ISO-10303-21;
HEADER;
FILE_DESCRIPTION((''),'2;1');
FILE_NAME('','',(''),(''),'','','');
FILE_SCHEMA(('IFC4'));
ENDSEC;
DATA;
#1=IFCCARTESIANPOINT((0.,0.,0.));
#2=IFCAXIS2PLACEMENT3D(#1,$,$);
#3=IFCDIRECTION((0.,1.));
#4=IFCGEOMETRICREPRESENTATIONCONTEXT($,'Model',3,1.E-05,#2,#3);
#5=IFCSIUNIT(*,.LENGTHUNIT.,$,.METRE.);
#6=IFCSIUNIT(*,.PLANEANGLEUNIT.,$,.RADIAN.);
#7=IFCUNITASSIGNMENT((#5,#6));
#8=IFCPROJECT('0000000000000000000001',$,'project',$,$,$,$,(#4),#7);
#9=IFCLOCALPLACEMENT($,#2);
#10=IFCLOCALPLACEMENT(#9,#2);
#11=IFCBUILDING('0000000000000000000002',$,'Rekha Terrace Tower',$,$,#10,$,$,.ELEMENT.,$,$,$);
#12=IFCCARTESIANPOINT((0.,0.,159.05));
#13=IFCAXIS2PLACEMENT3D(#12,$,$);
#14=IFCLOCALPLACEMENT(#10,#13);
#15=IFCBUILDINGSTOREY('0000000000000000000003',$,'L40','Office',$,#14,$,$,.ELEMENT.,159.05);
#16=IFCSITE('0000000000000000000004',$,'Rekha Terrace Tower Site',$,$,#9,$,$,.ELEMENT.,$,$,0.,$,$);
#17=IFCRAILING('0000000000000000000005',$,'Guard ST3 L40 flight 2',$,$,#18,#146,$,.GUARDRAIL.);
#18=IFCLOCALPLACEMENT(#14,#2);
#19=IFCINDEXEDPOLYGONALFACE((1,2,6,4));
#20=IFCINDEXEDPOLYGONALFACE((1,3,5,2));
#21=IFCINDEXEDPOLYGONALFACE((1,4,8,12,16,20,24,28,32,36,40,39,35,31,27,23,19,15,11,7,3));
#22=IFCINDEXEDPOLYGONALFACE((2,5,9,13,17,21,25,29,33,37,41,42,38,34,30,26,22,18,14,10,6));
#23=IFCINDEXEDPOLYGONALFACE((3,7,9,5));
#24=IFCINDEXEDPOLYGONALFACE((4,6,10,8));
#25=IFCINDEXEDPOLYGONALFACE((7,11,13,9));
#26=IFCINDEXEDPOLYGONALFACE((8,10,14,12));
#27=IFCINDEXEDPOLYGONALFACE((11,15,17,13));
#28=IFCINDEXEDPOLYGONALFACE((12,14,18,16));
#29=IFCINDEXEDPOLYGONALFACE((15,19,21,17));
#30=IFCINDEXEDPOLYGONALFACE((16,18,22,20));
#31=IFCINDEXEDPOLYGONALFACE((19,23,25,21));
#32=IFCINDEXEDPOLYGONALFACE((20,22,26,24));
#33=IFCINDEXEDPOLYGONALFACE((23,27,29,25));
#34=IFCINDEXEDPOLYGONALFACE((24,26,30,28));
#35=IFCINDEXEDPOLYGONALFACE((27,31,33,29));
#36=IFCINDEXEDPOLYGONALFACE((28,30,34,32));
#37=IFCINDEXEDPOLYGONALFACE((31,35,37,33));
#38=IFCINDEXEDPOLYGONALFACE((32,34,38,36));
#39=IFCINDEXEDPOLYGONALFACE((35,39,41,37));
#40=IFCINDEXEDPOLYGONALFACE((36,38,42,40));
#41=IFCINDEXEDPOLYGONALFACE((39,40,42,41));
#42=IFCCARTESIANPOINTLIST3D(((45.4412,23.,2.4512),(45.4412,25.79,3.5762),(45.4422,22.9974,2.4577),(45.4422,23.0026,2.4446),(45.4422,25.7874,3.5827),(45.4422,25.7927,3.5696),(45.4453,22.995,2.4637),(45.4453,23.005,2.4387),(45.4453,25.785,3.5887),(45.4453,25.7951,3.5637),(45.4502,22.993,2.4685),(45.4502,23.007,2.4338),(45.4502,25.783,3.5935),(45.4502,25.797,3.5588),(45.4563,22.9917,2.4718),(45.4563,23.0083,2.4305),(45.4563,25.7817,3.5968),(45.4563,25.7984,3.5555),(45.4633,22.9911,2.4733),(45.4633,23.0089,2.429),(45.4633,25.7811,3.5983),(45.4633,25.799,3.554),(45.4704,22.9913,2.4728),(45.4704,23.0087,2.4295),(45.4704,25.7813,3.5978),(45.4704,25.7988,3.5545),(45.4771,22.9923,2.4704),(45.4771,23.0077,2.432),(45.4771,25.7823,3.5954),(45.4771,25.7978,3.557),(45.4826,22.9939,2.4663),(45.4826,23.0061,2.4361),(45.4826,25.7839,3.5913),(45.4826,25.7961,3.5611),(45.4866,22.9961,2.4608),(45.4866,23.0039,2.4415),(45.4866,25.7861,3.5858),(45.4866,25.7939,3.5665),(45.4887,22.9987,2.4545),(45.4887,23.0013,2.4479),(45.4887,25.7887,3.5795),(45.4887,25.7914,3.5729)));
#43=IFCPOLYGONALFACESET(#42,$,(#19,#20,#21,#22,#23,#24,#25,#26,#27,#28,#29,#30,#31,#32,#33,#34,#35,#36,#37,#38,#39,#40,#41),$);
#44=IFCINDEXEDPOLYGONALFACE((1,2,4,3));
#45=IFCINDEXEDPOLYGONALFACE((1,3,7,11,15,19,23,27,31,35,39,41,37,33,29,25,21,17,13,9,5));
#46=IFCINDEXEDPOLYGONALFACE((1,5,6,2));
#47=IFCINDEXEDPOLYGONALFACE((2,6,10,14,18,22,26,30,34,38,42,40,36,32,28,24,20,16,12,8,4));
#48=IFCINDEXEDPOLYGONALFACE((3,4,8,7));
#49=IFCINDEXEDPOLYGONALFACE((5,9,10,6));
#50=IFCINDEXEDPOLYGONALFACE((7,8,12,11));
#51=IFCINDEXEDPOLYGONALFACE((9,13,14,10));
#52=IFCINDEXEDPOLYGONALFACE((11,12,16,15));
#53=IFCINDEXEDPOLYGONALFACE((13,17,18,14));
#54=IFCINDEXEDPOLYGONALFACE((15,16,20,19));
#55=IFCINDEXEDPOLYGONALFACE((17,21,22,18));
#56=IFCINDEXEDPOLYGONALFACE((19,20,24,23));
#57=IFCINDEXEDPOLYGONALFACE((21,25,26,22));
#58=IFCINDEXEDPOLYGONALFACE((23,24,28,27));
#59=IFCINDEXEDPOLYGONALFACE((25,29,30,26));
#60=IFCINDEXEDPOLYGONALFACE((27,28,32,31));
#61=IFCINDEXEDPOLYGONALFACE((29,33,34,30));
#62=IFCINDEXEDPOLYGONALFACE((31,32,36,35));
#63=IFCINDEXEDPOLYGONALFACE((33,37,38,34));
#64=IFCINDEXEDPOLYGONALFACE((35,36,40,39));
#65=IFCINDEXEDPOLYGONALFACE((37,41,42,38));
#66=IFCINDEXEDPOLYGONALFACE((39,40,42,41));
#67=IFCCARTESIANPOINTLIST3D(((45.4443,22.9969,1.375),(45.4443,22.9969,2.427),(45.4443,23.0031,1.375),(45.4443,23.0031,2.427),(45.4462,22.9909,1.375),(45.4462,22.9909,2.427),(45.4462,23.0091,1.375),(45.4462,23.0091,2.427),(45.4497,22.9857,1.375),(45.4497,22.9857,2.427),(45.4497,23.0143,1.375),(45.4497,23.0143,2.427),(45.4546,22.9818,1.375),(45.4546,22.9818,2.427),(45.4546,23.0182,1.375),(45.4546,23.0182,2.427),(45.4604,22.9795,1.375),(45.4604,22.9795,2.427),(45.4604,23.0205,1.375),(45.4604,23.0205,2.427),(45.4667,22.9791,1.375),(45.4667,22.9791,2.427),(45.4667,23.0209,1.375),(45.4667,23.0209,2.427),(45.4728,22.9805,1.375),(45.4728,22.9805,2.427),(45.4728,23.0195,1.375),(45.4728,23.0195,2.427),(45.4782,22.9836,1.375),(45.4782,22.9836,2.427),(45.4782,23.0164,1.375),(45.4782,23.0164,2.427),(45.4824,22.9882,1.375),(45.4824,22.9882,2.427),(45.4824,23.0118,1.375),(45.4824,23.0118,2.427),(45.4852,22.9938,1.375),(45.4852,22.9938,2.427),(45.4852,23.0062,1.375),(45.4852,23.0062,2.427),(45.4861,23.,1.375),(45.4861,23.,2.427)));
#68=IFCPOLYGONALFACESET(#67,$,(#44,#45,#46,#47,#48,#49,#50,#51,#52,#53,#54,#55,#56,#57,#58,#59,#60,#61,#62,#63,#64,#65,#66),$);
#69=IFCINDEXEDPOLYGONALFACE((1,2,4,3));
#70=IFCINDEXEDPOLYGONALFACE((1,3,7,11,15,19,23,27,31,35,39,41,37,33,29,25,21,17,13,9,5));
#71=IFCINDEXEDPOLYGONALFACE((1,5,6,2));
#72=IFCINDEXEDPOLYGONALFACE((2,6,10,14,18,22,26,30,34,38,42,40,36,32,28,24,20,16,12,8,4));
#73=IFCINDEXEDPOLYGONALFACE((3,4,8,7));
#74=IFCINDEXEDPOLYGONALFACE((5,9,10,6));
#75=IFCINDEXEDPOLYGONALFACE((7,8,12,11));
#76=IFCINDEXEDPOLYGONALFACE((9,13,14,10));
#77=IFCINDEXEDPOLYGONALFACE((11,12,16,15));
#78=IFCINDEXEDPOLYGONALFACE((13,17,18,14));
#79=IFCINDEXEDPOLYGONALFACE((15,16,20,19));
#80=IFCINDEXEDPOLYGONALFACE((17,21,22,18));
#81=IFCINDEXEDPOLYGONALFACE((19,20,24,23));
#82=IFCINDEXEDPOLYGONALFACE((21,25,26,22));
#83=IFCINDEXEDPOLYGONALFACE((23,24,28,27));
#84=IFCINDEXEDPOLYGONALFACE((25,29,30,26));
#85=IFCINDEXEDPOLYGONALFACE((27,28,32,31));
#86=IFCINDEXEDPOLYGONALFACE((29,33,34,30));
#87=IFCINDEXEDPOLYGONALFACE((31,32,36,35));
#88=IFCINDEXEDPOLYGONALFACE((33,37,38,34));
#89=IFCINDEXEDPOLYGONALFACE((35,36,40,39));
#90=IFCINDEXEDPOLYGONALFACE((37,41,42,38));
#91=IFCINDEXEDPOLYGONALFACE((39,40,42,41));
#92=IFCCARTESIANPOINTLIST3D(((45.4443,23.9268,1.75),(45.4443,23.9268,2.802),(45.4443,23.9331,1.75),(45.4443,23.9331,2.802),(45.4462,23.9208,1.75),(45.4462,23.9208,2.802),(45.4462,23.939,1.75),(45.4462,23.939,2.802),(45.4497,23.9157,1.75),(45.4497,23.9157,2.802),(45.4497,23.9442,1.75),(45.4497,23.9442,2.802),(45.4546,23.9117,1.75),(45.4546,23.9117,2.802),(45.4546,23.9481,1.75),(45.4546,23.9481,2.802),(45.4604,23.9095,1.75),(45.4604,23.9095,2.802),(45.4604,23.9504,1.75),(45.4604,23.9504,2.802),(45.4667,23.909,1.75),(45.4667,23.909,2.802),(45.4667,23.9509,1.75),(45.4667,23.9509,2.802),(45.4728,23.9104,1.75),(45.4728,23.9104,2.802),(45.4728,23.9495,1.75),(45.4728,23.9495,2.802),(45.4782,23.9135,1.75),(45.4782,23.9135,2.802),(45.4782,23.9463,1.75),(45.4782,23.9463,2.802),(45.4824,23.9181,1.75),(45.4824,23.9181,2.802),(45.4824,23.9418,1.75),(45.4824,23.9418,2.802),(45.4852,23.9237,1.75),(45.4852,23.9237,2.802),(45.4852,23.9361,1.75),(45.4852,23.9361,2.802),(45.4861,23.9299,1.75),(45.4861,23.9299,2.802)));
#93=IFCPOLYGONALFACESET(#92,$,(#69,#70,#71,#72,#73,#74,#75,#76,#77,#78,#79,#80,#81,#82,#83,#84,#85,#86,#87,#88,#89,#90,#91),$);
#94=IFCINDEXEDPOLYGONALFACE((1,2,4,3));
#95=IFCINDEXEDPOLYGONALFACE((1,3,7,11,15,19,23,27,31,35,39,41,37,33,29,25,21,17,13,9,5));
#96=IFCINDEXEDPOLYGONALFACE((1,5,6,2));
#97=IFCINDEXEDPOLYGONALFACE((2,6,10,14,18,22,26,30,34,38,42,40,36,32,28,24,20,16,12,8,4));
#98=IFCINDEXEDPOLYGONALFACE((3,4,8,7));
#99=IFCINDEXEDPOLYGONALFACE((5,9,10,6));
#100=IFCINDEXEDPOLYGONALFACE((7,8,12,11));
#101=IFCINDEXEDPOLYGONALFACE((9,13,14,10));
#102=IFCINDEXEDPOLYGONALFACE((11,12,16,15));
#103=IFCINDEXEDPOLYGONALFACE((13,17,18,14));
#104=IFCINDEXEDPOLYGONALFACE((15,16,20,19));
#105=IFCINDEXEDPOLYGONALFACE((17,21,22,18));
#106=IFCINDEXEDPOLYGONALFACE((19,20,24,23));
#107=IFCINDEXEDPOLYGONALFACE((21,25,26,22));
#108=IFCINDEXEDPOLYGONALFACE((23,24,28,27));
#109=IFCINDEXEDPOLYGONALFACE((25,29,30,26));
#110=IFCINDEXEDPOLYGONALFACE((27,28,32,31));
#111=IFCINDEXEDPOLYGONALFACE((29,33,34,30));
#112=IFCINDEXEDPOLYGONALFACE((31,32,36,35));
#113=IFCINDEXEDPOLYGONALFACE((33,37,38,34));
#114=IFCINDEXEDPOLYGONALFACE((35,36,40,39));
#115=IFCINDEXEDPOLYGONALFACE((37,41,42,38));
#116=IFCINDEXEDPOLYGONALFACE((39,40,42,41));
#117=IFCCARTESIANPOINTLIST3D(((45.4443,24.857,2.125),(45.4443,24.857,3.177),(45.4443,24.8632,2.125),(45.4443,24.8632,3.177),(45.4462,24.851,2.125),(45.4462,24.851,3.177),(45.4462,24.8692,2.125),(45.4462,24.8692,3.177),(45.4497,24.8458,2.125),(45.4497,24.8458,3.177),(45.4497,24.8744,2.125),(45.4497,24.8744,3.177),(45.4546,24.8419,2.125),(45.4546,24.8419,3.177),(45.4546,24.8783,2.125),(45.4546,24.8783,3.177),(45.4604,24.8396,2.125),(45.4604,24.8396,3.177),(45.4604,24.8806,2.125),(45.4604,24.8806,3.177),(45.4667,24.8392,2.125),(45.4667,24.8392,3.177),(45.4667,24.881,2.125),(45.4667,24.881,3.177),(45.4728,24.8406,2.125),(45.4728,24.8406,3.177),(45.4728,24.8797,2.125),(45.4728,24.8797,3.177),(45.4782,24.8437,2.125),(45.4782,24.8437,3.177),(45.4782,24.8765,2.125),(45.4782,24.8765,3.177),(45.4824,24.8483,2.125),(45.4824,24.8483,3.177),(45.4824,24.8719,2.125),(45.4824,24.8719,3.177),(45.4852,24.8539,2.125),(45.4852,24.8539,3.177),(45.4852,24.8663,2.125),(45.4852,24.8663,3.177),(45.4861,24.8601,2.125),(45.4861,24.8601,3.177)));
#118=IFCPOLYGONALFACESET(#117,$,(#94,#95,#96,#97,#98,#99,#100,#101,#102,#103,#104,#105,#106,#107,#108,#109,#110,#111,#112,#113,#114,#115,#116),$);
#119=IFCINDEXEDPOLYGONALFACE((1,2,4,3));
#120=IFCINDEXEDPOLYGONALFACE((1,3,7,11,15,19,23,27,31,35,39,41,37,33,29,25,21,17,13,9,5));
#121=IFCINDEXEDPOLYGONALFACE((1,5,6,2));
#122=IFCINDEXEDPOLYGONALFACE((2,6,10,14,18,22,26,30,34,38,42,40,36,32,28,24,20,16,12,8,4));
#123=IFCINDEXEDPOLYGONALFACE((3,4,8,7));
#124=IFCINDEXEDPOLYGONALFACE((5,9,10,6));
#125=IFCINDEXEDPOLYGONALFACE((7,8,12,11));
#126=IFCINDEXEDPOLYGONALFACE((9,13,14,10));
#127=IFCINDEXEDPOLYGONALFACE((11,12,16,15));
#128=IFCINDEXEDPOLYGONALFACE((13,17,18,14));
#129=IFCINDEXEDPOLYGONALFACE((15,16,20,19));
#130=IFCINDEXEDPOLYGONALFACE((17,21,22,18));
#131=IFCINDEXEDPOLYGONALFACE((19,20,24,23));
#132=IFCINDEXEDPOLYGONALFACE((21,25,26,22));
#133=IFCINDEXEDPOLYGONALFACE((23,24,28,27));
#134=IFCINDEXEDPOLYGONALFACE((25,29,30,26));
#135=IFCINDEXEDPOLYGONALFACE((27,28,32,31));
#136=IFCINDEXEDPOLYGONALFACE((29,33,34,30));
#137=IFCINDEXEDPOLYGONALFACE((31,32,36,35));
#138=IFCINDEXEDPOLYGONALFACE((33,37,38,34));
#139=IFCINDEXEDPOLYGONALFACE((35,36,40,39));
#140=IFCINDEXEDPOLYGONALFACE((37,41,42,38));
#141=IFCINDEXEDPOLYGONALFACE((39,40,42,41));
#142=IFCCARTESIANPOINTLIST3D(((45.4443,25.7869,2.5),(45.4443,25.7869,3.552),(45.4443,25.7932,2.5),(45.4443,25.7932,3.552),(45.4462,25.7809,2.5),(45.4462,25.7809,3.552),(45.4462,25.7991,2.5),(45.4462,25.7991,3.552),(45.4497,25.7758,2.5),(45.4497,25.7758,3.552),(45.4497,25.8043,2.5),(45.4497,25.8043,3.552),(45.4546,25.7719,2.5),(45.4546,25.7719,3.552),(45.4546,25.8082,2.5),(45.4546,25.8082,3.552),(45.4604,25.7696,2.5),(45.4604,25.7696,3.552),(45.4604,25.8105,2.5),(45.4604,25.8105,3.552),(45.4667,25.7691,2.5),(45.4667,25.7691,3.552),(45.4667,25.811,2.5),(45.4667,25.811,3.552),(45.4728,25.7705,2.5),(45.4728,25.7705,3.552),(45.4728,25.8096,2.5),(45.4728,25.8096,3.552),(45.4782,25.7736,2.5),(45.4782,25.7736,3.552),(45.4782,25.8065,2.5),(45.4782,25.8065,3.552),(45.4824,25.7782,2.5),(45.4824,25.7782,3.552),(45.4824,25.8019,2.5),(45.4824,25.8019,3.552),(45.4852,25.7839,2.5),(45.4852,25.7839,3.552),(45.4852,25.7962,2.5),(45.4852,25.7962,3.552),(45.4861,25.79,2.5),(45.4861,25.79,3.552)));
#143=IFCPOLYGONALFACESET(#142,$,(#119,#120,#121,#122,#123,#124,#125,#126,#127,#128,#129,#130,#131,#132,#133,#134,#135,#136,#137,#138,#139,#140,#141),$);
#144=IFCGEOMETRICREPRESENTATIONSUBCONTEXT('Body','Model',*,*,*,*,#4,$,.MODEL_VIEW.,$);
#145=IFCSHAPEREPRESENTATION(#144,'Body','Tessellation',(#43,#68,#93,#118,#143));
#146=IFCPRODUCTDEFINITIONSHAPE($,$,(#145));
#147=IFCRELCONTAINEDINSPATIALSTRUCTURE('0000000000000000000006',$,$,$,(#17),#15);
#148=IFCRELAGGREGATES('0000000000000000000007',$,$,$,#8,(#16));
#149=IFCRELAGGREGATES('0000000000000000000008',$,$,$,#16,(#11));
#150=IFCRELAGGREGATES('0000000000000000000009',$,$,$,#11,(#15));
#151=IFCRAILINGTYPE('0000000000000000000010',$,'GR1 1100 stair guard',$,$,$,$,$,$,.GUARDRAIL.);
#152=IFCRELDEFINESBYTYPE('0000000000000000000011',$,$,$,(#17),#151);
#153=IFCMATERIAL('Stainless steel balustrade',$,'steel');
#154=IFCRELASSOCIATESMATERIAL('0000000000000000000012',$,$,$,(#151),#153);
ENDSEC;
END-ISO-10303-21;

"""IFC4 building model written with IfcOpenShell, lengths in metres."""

from ifc_helpers import new_model, si_unit, direction, frame, origin, origin_2d, place, context, subcontext, project, spatial, circle, extrude, material, type_object, element, save


model = new_model("IFC4")

# Units and contexts
model_context = context("Model", 3, precision=1e-05, world=origin(), true_north=direction((0.0, 1.0)))
body_context = subcontext(model_context, "Body", "Model", "MODEL_VIEW")
ifc_project = project(units=[si_unit("LENGTHUNIT", "METRE"), si_unit("PLANEANGLEUNIT", "RADIAN")], contexts=[model_context])

# Site, building, storey
site_placement = place(None, origin())
site = spatial("IfcSite", under=ifc_project, at=site_placement, Name="Rekha Terrace Tower Site", CompositionType="ELEMENT", RefElevation=0.0)
building_placement = place(site_placement, origin())
building = spatial("IfcBuilding", under=site, at=building_placement, Name="Rekha Terrace Tower", CompositionType="ELEMENT")
storey_placement = place(building_placement, frame((0.0, 0.0, 159.05)))
storey = spatial("IfcBuildingStorey", under=building, at=storey_placement, Name="L40", Description="Office", CompositionType="ELEMENT", Elevation=159.05)

# Railing
ifc_material_1 = material(Name="Stainless steel balustrade", Category="steel")
railing_type_1 = type_object("IfcRailingType", Name="GR1 1100 stair guard", PredefinedType="GUARDRAIL", material=ifc_material_1)
railing_1_placement = place(storey_placement, frame((45.4651, 23.0, 1.375)))
element("IfcRailing", 1, at=railing_1_placement, inside=storey, type_object=railing_type_1, Name="Guard ST3 L40 flight 2", PredefinedType="GUARDRAIL", context=body_context, shape_type="SweptSolid", body=[
    extrude(circle(Radius=0.0239, at=origin_2d()), frame((0.0, 0.0, 1.0762), z_axis=(0.0, 0.927443, 0.373964), x_axis=(-1.0, 0.0, 0.0)), (0.0, 0.0, 1.0), 3.0083),
    extrude(circle(Radius=0.021, at=origin_2d()), origin(), (0.0, 0.0, 1.0), 1.052),
    extrude(circle(Radius=0.021, at=origin_2d()), frame((0.0, 0.9299, 0.375)), (0.0, 0.0, 1.0), 1.052),
    extrude(circle(Radius=0.021, at=origin_2d()), frame((0.0, 1.8601, 0.75)), (0.0, 0.0, 1.0), 1.052),
    extrude(circle(Radius=0.021, at=origin_2d()), frame((0.0, 2.79, 1.125)), (0.0, 0.0, 1.0), 1.052),
])

save(model, "model.ifc")
